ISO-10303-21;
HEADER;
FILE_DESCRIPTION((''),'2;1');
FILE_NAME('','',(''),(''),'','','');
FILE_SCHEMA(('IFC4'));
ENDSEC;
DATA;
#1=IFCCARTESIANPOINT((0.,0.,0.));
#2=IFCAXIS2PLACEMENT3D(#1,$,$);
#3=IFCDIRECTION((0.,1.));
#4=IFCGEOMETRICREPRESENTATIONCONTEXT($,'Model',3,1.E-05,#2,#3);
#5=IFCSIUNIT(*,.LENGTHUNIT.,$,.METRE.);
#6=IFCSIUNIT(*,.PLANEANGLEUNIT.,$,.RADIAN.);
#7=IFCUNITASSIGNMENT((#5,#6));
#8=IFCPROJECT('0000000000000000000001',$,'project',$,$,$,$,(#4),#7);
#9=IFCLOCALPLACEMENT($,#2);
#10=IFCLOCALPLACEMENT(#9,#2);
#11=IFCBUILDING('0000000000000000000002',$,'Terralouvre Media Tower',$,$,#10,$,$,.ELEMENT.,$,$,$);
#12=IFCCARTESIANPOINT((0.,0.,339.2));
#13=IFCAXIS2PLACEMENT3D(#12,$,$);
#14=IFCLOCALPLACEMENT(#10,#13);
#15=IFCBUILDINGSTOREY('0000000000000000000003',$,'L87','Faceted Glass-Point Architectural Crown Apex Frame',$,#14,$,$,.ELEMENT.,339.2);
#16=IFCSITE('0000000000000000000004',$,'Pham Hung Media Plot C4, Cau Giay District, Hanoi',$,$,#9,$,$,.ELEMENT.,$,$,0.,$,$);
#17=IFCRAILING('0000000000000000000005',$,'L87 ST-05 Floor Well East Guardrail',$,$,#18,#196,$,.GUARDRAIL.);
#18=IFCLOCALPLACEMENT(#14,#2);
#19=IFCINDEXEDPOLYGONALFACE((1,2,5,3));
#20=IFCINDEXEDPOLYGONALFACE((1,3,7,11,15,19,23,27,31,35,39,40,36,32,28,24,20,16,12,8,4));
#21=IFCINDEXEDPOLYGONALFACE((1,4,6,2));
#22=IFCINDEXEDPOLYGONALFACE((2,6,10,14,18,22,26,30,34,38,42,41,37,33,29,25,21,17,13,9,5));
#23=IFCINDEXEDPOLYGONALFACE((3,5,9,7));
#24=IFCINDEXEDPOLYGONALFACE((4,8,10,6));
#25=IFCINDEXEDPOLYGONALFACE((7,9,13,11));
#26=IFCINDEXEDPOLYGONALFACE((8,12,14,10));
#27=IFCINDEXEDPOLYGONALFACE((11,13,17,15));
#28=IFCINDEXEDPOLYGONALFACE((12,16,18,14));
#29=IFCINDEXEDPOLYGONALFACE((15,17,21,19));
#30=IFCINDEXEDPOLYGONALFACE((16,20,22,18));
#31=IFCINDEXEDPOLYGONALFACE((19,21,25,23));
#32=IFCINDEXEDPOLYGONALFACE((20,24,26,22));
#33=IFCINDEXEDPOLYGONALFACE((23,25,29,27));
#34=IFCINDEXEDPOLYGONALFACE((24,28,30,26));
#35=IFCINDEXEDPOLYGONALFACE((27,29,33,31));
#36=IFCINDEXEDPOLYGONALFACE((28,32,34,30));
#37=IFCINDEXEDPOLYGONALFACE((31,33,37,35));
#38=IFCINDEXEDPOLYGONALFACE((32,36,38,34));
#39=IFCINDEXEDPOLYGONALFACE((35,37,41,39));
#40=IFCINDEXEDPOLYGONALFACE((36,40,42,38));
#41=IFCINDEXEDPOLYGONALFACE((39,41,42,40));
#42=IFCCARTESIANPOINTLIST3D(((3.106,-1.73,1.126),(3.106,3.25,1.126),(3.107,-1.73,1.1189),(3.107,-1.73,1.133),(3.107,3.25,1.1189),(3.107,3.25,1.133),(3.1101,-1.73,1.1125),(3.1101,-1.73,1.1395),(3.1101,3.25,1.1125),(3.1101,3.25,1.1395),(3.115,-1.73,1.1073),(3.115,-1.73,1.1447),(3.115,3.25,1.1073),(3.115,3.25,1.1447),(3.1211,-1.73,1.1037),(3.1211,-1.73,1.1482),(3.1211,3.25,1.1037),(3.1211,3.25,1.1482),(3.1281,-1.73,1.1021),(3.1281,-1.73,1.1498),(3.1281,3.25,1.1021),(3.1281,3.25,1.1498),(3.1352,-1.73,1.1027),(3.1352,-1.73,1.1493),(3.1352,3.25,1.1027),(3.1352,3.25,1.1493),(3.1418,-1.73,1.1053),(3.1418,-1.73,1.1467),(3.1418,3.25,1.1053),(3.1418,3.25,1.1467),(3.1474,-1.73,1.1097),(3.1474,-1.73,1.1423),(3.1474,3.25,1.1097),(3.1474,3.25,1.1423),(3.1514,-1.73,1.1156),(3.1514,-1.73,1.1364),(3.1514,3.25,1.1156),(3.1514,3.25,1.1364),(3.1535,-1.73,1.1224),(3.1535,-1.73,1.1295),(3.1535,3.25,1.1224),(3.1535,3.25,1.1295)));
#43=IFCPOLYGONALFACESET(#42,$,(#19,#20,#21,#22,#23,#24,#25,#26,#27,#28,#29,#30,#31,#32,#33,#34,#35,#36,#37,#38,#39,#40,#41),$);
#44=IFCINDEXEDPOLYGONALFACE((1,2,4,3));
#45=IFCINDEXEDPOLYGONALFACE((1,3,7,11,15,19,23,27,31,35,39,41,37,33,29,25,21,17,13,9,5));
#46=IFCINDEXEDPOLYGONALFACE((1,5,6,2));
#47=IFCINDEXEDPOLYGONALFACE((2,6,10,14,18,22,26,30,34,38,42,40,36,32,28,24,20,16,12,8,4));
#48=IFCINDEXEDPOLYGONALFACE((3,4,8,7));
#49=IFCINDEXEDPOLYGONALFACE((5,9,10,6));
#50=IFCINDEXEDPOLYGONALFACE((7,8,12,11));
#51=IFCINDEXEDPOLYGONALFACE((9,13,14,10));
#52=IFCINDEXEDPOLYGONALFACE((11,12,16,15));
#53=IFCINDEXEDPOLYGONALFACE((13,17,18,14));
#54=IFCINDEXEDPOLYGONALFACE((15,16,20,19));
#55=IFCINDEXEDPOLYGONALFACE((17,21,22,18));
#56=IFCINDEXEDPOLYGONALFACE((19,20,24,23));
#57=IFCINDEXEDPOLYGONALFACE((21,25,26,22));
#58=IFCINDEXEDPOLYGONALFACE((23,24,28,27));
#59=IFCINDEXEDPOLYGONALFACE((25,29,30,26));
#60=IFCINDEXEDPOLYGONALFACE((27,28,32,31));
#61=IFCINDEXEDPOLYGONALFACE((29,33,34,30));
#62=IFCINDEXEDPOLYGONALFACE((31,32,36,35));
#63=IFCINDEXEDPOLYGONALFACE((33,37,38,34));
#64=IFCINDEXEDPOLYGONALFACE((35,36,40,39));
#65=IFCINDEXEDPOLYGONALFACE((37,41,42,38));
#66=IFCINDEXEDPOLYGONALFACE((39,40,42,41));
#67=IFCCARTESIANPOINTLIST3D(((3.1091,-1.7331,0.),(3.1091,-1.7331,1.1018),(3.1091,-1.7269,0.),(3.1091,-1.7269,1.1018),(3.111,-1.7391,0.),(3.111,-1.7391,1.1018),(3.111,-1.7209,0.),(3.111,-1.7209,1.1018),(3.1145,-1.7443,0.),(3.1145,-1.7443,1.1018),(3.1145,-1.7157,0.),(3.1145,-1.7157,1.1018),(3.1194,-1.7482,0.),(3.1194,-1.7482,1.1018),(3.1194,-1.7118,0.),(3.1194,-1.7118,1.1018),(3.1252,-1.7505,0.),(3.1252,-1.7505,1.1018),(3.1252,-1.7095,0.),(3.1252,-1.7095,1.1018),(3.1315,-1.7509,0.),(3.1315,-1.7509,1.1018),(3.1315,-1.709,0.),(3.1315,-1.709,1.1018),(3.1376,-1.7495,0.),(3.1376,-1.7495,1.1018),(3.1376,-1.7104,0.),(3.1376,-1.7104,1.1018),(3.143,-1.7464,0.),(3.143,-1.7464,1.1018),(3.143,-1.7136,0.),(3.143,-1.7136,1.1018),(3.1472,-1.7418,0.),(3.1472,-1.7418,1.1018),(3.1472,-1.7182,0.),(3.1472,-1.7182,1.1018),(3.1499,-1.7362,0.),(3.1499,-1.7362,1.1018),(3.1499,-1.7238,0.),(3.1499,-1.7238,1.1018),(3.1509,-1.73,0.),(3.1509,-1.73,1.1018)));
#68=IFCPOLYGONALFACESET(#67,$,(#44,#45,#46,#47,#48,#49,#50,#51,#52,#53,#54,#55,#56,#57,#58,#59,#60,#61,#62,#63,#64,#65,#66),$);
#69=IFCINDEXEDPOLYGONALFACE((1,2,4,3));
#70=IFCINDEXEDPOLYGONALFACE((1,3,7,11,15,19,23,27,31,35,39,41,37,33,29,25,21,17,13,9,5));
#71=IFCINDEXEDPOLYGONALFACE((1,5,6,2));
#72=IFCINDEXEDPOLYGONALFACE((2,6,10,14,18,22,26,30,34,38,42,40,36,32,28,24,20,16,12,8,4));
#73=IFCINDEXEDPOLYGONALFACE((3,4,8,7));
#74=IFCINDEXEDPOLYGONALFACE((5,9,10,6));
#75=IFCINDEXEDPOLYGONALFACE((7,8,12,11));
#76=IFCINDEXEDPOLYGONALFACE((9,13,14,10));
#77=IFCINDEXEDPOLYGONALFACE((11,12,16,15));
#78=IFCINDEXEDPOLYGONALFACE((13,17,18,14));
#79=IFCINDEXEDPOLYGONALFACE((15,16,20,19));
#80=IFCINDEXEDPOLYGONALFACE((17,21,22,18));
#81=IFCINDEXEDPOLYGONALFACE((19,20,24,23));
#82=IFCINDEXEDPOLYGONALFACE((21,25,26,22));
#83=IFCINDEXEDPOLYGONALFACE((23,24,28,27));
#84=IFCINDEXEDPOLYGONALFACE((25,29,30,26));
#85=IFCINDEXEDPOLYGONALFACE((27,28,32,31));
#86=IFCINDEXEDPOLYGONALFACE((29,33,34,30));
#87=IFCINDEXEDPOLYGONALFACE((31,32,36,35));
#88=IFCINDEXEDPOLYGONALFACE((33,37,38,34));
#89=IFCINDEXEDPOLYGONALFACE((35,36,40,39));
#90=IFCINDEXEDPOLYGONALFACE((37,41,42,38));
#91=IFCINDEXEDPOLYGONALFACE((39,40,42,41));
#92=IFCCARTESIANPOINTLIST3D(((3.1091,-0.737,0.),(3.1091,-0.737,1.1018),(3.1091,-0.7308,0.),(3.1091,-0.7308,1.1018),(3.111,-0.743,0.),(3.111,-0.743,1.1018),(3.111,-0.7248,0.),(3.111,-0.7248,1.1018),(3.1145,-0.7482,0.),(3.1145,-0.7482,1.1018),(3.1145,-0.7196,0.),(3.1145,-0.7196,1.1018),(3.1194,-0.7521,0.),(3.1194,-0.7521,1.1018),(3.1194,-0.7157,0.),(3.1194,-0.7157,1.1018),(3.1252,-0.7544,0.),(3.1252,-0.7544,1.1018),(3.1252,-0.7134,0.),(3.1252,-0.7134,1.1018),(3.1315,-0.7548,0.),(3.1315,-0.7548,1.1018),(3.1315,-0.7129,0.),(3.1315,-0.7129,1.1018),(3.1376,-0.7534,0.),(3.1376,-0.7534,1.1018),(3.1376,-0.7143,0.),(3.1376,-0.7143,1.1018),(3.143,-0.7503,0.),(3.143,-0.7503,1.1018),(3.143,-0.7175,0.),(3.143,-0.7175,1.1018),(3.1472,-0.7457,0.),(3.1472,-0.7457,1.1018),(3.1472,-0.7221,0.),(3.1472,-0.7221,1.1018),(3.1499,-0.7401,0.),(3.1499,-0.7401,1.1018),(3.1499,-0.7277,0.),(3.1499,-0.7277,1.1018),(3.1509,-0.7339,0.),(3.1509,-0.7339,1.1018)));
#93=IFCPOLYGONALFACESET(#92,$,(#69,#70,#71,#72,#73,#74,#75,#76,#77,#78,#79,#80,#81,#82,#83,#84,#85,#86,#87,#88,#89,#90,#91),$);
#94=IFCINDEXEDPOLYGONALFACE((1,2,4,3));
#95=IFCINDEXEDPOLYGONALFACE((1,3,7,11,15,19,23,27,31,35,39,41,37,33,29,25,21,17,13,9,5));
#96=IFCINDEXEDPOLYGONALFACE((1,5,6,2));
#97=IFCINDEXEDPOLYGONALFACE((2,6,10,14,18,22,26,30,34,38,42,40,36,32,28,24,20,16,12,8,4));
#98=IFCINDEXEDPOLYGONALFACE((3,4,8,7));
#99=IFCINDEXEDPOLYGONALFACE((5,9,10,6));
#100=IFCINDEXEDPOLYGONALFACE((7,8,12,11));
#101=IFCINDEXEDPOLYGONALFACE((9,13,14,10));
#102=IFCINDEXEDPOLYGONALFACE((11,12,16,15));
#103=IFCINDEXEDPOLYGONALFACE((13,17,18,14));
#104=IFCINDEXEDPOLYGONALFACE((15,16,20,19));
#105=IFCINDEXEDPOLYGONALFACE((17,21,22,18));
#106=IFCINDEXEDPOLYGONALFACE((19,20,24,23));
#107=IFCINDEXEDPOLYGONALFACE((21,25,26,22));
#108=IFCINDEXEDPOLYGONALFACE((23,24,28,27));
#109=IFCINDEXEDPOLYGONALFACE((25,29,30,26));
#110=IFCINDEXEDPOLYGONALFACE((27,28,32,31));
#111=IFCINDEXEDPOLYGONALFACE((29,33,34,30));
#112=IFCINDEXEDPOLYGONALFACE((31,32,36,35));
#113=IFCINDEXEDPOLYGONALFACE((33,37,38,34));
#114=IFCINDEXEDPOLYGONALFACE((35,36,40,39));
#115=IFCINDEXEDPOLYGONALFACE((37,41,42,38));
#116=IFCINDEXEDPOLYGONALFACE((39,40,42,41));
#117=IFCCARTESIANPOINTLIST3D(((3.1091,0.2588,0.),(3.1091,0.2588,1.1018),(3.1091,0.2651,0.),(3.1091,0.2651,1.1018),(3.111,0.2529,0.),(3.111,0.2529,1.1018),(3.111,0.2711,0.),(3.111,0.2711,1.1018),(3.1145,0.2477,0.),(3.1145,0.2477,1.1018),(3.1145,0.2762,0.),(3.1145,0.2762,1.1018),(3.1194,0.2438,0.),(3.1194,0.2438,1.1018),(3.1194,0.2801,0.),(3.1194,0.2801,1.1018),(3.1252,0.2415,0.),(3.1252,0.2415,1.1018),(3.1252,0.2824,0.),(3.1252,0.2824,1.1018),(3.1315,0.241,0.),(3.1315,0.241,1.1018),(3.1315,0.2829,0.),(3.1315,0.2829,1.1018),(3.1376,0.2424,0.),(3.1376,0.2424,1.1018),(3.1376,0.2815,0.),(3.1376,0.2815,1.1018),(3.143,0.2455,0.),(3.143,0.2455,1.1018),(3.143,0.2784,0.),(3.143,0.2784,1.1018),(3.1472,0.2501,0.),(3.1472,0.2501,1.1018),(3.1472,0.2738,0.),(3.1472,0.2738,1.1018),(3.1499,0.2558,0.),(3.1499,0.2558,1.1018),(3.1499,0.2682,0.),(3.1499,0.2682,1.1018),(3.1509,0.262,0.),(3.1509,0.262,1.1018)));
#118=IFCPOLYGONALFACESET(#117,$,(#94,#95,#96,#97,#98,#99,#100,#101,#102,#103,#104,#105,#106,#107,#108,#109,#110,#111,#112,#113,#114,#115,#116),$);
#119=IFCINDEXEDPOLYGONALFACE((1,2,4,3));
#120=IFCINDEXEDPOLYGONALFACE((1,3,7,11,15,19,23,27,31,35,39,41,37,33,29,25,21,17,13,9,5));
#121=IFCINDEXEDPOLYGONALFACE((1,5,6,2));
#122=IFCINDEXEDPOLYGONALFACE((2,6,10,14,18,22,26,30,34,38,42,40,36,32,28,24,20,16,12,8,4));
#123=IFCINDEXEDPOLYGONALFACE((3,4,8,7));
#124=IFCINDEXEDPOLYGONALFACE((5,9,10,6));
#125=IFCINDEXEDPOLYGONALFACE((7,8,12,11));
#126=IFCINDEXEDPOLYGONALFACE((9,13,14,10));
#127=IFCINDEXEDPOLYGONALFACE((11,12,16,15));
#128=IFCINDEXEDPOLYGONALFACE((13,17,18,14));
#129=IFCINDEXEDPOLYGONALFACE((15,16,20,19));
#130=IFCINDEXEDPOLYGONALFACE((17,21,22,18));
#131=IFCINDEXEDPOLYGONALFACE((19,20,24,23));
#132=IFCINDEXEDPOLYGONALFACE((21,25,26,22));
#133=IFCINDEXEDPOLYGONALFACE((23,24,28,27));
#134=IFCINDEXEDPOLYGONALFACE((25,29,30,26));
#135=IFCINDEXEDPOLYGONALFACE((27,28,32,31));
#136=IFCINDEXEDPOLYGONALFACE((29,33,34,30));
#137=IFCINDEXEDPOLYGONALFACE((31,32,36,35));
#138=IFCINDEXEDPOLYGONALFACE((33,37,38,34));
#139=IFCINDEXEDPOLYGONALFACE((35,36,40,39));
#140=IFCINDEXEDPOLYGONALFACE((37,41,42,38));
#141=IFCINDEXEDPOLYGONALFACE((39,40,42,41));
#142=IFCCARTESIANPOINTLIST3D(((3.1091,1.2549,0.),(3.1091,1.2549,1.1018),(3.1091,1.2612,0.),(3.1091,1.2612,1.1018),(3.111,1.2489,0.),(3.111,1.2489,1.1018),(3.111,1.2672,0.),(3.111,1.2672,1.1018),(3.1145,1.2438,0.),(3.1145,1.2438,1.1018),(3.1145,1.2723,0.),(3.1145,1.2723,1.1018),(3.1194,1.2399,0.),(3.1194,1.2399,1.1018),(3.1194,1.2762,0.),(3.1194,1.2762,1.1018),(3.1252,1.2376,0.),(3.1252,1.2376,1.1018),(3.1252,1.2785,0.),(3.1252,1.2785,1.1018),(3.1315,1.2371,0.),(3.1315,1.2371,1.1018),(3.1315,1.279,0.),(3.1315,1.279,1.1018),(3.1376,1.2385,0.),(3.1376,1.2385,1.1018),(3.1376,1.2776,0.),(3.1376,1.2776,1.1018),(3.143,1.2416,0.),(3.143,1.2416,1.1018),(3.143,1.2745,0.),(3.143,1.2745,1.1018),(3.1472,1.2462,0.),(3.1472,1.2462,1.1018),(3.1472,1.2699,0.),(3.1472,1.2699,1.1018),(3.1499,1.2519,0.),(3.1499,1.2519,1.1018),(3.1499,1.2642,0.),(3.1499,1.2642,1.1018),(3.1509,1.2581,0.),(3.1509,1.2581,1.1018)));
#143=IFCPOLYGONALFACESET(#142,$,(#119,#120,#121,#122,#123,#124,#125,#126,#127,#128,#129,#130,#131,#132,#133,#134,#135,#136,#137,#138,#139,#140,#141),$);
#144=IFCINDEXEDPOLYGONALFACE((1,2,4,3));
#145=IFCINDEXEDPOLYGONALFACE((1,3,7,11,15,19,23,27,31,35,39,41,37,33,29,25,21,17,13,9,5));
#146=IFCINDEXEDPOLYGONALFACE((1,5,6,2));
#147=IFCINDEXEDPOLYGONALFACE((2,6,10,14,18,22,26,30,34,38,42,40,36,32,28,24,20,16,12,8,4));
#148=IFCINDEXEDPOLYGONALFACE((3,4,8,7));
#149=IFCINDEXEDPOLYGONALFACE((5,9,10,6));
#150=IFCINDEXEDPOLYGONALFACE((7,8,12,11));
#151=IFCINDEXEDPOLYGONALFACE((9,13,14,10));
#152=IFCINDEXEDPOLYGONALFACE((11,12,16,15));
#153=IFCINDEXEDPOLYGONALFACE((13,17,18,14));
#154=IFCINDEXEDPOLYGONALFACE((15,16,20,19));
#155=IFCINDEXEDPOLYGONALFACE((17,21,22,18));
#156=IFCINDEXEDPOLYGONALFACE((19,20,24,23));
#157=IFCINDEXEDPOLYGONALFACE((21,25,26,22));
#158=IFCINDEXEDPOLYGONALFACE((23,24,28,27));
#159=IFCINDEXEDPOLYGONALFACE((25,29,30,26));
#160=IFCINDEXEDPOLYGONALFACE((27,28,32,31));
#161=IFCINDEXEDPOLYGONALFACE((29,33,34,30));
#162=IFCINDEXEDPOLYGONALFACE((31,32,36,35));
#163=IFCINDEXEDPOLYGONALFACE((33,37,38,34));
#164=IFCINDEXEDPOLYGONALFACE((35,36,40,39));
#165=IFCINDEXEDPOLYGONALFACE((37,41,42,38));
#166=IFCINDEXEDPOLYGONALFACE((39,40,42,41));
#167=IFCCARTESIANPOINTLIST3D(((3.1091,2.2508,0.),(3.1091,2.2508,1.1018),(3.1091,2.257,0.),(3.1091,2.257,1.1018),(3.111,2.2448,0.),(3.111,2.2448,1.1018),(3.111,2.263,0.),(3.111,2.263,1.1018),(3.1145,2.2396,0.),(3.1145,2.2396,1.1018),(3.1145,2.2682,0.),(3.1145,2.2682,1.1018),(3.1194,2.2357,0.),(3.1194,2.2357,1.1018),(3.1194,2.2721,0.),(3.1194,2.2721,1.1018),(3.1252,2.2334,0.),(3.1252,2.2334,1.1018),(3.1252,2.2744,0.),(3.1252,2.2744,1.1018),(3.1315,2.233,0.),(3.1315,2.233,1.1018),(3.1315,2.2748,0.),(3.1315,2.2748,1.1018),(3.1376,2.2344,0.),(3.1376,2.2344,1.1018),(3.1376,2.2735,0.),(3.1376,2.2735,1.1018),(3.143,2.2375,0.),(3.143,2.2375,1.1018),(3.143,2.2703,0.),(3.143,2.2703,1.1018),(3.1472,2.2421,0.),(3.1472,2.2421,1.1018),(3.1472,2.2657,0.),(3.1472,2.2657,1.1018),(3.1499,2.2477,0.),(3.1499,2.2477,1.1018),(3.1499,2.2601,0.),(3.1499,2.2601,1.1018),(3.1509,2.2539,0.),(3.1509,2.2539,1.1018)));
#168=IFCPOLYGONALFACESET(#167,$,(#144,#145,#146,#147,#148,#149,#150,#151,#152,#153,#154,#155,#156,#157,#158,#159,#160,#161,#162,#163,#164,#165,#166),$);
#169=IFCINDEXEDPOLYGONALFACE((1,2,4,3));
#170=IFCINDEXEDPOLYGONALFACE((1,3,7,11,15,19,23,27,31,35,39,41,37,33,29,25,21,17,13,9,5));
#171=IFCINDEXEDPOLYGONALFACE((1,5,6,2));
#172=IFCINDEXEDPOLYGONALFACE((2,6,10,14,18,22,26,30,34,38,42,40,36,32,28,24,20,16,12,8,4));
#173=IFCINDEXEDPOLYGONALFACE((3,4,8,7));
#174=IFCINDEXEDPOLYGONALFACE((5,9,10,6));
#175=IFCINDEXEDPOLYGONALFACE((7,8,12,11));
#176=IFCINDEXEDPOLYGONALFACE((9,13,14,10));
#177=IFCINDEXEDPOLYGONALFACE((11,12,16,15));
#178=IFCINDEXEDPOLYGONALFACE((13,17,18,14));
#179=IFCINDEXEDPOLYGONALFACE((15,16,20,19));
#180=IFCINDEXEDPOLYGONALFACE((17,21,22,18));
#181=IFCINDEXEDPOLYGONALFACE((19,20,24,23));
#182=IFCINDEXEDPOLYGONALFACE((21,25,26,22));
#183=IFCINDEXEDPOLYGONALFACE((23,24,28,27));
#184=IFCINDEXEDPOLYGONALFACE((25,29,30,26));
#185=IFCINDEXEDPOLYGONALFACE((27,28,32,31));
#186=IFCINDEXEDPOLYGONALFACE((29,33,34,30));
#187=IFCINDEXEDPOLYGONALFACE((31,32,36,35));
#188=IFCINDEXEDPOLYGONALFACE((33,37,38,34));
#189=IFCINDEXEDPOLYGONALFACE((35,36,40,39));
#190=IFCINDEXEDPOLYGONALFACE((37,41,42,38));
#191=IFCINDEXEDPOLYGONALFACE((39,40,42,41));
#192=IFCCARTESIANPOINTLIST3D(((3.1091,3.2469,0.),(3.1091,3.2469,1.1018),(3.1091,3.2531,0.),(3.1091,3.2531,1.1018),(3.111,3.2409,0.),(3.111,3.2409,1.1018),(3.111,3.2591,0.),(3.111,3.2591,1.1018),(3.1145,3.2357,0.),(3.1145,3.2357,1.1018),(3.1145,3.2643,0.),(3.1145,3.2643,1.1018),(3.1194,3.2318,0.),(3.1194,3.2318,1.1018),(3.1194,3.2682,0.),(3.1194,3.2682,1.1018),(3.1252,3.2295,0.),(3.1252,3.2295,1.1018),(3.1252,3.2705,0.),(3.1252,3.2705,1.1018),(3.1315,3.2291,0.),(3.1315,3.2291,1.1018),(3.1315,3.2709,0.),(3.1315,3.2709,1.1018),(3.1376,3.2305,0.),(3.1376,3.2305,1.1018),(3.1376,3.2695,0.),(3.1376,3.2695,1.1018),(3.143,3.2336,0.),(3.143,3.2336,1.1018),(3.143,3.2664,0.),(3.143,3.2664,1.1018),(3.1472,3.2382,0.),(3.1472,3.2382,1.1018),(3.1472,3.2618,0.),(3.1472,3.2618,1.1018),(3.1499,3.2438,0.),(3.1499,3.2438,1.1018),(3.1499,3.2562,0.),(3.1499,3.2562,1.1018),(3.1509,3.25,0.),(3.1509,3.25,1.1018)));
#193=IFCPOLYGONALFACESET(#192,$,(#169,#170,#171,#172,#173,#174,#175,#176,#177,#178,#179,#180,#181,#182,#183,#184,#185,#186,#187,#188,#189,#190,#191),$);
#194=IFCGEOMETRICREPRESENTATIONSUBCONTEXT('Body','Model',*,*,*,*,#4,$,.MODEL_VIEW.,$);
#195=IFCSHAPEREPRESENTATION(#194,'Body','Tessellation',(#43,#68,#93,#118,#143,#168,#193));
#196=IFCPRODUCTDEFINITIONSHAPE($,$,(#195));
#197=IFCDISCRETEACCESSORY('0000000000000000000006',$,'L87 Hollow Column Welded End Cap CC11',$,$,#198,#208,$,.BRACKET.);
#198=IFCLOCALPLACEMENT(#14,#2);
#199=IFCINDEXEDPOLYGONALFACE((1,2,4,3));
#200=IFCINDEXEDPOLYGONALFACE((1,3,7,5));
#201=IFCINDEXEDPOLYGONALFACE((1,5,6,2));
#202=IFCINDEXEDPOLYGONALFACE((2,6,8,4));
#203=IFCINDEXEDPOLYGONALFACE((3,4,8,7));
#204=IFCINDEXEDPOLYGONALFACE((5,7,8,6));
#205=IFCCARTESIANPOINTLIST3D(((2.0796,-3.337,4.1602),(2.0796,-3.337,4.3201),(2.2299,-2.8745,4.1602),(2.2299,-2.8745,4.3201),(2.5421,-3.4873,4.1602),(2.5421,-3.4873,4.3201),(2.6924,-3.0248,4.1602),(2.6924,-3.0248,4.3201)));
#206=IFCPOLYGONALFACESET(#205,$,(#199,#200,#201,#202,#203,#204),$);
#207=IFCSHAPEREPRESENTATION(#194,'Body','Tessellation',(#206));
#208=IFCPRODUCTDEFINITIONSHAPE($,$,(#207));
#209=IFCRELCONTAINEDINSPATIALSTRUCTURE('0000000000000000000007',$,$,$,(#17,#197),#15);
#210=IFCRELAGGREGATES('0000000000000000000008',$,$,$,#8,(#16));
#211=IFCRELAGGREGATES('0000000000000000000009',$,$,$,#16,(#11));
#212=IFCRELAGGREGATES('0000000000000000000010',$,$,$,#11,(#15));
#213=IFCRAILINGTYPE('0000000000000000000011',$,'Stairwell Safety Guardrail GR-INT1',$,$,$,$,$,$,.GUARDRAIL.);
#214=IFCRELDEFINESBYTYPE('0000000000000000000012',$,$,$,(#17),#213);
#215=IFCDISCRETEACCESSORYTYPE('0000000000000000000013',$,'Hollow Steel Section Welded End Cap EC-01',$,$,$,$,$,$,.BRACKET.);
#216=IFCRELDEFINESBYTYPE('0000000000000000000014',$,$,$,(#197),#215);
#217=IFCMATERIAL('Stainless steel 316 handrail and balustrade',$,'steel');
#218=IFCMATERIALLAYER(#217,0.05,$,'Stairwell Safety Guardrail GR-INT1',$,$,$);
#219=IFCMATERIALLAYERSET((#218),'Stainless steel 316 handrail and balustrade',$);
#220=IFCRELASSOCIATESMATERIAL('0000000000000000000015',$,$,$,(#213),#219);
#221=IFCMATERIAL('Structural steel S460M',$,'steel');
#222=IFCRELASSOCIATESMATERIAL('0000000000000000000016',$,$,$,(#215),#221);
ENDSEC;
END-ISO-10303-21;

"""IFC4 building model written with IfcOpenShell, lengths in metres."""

from ifc_helpers import new_model, si_unit, direction, frame, origin, origin_2d, place, context, subcontext, project, spatial, rectangle, circle, extrude, material, layer, layer_set, type_object, element, save


model = new_model("IFC4")

# Units and contexts
model_context = context("Model", 3, precision=1e-05, world=origin(), true_north=direction((0.0, 1.0)))
body_context = subcontext(model_context, "Body", "Model", "MODEL_VIEW")
ifc_project = project(units=[si_unit("LENGTHUNIT", "METRE"), si_unit("PLANEANGLEUNIT", "RADIAN")], contexts=[model_context])

# Site, building, storey
site_placement = place(None, origin())
site = spatial("IfcSite", under=ifc_project, at=site_placement, Name="Pham Hung Media Plot C4, Cau Giay District, Hanoi", CompositionType="ELEMENT", RefElevation=0.0)
building_placement = place(site_placement, origin())
building = spatial("IfcBuilding", under=site, at=building_placement, Name="Terralouvre Media Tower", CompositionType="ELEMENT")
storey_placement = place(building_placement, frame((0.0, 0.0, 339.2)))
storey = spatial("IfcBuildingStorey", under=building, at=storey_placement, Name="L87", Description="Faceted Glass-Point Architectural Crown Apex Frame", CompositionType="ELEMENT", Elevation=339.2)

# Railing
ifc_material_1 = material(Name="Stainless steel 316 handrail and balustrade", Category="steel")
ifc_layer_1 = layer(ifc_material_1, 0.05, Name="Stairwell Safety Guardrail GR-INT1")
ifc_layer_set_1 = layer_set([ifc_layer_1], Name="Stainless steel 316 handrail and balustrade")
railing_type_1 = type_object("IfcRailingType", Name="Stairwell Safety Guardrail GR-INT1", PredefinedType="GUARDRAIL", material=ifc_layer_set_1)
railing_1_placement = place(storey_placement, frame((3.1299, -1.73, 0.0)))
element("IfcRailing", 1, at=railing_1_placement, inside=storey, type_object=railing_type_1, Name="L87 ST-05 Floor Well East Guardrail", PredefinedType="GUARDRAIL", context=body_context, shape_type="SweptSolid", body=[
    extrude(circle(Radius=0.0239, at=origin_2d()), frame((0.0, 0.0, 1.126), z_axis=(0.0, 1.0, 0.0), x_axis=(-1.0, 0.0, 0.0)), (0.0, 0.0, 1.0), 4.98),
    extrude(circle(Radius=0.021, at=origin_2d()), origin(), (0.0, 0.0, 1.0), 1.1018),
    extrude(circle(Radius=0.021, at=origin_2d()), frame((0.0, 0.9961, 0.0)), (0.0, 0.0, 1.0), 1.1018),
    extrude(circle(Radius=0.021, at=origin_2d()), frame((0.0, 1.9919, 0.0)), (0.0, 0.0, 1.0), 1.1018),
    extrude(circle(Radius=0.021, at=origin_2d()), frame((0.0, 2.988, 0.0)), (0.0, 0.0, 1.0), 1.1018),
    extrude(circle(Radius=0.021, at=origin_2d()), frame((0.0, 3.9839, 0.0)), (0.0, 0.0, 1.0), 1.1018),
    extrude(circle(Radius=0.021, at=origin_2d()), frame((0.0, 4.98, 0.0)), (0.0, 0.0, 1.0), 1.1018),
])

# Discrete accessory
ifc_material_2 = material(Name="Structural steel S460M", Category="steel")
discrete_accessory_type_1 = type_object("IfcDiscreteAccessoryType", Name="Hollow Steel Section Welded End Cap EC-01", PredefinedType="BRACKET", material=ifc_material_2)
discrete_accessory_1_placement = place(storey_placement, frame((2.386, -3.1809, 4.1602), z_axis=(0.0, 0.0, 1.0), x_axis=(0.309017, 0.951057, 0.0)))
element("IfcDiscreteAccessory", 2, at=discrete_accessory_1_placement, inside=storey, type_object=discrete_accessory_type_1, Name="L87 Hollow Column Welded End Cap CC11", PredefinedType="BRACKET", context=body_context, shape_type="SweptSolid", body=[
    extrude(rectangle(XDim=0.4863, YDim=0.4863, at=origin_2d()), origin(), (0.0, 0.0, 1.0), 0.1599),
])

save(model, "model.ifc")
